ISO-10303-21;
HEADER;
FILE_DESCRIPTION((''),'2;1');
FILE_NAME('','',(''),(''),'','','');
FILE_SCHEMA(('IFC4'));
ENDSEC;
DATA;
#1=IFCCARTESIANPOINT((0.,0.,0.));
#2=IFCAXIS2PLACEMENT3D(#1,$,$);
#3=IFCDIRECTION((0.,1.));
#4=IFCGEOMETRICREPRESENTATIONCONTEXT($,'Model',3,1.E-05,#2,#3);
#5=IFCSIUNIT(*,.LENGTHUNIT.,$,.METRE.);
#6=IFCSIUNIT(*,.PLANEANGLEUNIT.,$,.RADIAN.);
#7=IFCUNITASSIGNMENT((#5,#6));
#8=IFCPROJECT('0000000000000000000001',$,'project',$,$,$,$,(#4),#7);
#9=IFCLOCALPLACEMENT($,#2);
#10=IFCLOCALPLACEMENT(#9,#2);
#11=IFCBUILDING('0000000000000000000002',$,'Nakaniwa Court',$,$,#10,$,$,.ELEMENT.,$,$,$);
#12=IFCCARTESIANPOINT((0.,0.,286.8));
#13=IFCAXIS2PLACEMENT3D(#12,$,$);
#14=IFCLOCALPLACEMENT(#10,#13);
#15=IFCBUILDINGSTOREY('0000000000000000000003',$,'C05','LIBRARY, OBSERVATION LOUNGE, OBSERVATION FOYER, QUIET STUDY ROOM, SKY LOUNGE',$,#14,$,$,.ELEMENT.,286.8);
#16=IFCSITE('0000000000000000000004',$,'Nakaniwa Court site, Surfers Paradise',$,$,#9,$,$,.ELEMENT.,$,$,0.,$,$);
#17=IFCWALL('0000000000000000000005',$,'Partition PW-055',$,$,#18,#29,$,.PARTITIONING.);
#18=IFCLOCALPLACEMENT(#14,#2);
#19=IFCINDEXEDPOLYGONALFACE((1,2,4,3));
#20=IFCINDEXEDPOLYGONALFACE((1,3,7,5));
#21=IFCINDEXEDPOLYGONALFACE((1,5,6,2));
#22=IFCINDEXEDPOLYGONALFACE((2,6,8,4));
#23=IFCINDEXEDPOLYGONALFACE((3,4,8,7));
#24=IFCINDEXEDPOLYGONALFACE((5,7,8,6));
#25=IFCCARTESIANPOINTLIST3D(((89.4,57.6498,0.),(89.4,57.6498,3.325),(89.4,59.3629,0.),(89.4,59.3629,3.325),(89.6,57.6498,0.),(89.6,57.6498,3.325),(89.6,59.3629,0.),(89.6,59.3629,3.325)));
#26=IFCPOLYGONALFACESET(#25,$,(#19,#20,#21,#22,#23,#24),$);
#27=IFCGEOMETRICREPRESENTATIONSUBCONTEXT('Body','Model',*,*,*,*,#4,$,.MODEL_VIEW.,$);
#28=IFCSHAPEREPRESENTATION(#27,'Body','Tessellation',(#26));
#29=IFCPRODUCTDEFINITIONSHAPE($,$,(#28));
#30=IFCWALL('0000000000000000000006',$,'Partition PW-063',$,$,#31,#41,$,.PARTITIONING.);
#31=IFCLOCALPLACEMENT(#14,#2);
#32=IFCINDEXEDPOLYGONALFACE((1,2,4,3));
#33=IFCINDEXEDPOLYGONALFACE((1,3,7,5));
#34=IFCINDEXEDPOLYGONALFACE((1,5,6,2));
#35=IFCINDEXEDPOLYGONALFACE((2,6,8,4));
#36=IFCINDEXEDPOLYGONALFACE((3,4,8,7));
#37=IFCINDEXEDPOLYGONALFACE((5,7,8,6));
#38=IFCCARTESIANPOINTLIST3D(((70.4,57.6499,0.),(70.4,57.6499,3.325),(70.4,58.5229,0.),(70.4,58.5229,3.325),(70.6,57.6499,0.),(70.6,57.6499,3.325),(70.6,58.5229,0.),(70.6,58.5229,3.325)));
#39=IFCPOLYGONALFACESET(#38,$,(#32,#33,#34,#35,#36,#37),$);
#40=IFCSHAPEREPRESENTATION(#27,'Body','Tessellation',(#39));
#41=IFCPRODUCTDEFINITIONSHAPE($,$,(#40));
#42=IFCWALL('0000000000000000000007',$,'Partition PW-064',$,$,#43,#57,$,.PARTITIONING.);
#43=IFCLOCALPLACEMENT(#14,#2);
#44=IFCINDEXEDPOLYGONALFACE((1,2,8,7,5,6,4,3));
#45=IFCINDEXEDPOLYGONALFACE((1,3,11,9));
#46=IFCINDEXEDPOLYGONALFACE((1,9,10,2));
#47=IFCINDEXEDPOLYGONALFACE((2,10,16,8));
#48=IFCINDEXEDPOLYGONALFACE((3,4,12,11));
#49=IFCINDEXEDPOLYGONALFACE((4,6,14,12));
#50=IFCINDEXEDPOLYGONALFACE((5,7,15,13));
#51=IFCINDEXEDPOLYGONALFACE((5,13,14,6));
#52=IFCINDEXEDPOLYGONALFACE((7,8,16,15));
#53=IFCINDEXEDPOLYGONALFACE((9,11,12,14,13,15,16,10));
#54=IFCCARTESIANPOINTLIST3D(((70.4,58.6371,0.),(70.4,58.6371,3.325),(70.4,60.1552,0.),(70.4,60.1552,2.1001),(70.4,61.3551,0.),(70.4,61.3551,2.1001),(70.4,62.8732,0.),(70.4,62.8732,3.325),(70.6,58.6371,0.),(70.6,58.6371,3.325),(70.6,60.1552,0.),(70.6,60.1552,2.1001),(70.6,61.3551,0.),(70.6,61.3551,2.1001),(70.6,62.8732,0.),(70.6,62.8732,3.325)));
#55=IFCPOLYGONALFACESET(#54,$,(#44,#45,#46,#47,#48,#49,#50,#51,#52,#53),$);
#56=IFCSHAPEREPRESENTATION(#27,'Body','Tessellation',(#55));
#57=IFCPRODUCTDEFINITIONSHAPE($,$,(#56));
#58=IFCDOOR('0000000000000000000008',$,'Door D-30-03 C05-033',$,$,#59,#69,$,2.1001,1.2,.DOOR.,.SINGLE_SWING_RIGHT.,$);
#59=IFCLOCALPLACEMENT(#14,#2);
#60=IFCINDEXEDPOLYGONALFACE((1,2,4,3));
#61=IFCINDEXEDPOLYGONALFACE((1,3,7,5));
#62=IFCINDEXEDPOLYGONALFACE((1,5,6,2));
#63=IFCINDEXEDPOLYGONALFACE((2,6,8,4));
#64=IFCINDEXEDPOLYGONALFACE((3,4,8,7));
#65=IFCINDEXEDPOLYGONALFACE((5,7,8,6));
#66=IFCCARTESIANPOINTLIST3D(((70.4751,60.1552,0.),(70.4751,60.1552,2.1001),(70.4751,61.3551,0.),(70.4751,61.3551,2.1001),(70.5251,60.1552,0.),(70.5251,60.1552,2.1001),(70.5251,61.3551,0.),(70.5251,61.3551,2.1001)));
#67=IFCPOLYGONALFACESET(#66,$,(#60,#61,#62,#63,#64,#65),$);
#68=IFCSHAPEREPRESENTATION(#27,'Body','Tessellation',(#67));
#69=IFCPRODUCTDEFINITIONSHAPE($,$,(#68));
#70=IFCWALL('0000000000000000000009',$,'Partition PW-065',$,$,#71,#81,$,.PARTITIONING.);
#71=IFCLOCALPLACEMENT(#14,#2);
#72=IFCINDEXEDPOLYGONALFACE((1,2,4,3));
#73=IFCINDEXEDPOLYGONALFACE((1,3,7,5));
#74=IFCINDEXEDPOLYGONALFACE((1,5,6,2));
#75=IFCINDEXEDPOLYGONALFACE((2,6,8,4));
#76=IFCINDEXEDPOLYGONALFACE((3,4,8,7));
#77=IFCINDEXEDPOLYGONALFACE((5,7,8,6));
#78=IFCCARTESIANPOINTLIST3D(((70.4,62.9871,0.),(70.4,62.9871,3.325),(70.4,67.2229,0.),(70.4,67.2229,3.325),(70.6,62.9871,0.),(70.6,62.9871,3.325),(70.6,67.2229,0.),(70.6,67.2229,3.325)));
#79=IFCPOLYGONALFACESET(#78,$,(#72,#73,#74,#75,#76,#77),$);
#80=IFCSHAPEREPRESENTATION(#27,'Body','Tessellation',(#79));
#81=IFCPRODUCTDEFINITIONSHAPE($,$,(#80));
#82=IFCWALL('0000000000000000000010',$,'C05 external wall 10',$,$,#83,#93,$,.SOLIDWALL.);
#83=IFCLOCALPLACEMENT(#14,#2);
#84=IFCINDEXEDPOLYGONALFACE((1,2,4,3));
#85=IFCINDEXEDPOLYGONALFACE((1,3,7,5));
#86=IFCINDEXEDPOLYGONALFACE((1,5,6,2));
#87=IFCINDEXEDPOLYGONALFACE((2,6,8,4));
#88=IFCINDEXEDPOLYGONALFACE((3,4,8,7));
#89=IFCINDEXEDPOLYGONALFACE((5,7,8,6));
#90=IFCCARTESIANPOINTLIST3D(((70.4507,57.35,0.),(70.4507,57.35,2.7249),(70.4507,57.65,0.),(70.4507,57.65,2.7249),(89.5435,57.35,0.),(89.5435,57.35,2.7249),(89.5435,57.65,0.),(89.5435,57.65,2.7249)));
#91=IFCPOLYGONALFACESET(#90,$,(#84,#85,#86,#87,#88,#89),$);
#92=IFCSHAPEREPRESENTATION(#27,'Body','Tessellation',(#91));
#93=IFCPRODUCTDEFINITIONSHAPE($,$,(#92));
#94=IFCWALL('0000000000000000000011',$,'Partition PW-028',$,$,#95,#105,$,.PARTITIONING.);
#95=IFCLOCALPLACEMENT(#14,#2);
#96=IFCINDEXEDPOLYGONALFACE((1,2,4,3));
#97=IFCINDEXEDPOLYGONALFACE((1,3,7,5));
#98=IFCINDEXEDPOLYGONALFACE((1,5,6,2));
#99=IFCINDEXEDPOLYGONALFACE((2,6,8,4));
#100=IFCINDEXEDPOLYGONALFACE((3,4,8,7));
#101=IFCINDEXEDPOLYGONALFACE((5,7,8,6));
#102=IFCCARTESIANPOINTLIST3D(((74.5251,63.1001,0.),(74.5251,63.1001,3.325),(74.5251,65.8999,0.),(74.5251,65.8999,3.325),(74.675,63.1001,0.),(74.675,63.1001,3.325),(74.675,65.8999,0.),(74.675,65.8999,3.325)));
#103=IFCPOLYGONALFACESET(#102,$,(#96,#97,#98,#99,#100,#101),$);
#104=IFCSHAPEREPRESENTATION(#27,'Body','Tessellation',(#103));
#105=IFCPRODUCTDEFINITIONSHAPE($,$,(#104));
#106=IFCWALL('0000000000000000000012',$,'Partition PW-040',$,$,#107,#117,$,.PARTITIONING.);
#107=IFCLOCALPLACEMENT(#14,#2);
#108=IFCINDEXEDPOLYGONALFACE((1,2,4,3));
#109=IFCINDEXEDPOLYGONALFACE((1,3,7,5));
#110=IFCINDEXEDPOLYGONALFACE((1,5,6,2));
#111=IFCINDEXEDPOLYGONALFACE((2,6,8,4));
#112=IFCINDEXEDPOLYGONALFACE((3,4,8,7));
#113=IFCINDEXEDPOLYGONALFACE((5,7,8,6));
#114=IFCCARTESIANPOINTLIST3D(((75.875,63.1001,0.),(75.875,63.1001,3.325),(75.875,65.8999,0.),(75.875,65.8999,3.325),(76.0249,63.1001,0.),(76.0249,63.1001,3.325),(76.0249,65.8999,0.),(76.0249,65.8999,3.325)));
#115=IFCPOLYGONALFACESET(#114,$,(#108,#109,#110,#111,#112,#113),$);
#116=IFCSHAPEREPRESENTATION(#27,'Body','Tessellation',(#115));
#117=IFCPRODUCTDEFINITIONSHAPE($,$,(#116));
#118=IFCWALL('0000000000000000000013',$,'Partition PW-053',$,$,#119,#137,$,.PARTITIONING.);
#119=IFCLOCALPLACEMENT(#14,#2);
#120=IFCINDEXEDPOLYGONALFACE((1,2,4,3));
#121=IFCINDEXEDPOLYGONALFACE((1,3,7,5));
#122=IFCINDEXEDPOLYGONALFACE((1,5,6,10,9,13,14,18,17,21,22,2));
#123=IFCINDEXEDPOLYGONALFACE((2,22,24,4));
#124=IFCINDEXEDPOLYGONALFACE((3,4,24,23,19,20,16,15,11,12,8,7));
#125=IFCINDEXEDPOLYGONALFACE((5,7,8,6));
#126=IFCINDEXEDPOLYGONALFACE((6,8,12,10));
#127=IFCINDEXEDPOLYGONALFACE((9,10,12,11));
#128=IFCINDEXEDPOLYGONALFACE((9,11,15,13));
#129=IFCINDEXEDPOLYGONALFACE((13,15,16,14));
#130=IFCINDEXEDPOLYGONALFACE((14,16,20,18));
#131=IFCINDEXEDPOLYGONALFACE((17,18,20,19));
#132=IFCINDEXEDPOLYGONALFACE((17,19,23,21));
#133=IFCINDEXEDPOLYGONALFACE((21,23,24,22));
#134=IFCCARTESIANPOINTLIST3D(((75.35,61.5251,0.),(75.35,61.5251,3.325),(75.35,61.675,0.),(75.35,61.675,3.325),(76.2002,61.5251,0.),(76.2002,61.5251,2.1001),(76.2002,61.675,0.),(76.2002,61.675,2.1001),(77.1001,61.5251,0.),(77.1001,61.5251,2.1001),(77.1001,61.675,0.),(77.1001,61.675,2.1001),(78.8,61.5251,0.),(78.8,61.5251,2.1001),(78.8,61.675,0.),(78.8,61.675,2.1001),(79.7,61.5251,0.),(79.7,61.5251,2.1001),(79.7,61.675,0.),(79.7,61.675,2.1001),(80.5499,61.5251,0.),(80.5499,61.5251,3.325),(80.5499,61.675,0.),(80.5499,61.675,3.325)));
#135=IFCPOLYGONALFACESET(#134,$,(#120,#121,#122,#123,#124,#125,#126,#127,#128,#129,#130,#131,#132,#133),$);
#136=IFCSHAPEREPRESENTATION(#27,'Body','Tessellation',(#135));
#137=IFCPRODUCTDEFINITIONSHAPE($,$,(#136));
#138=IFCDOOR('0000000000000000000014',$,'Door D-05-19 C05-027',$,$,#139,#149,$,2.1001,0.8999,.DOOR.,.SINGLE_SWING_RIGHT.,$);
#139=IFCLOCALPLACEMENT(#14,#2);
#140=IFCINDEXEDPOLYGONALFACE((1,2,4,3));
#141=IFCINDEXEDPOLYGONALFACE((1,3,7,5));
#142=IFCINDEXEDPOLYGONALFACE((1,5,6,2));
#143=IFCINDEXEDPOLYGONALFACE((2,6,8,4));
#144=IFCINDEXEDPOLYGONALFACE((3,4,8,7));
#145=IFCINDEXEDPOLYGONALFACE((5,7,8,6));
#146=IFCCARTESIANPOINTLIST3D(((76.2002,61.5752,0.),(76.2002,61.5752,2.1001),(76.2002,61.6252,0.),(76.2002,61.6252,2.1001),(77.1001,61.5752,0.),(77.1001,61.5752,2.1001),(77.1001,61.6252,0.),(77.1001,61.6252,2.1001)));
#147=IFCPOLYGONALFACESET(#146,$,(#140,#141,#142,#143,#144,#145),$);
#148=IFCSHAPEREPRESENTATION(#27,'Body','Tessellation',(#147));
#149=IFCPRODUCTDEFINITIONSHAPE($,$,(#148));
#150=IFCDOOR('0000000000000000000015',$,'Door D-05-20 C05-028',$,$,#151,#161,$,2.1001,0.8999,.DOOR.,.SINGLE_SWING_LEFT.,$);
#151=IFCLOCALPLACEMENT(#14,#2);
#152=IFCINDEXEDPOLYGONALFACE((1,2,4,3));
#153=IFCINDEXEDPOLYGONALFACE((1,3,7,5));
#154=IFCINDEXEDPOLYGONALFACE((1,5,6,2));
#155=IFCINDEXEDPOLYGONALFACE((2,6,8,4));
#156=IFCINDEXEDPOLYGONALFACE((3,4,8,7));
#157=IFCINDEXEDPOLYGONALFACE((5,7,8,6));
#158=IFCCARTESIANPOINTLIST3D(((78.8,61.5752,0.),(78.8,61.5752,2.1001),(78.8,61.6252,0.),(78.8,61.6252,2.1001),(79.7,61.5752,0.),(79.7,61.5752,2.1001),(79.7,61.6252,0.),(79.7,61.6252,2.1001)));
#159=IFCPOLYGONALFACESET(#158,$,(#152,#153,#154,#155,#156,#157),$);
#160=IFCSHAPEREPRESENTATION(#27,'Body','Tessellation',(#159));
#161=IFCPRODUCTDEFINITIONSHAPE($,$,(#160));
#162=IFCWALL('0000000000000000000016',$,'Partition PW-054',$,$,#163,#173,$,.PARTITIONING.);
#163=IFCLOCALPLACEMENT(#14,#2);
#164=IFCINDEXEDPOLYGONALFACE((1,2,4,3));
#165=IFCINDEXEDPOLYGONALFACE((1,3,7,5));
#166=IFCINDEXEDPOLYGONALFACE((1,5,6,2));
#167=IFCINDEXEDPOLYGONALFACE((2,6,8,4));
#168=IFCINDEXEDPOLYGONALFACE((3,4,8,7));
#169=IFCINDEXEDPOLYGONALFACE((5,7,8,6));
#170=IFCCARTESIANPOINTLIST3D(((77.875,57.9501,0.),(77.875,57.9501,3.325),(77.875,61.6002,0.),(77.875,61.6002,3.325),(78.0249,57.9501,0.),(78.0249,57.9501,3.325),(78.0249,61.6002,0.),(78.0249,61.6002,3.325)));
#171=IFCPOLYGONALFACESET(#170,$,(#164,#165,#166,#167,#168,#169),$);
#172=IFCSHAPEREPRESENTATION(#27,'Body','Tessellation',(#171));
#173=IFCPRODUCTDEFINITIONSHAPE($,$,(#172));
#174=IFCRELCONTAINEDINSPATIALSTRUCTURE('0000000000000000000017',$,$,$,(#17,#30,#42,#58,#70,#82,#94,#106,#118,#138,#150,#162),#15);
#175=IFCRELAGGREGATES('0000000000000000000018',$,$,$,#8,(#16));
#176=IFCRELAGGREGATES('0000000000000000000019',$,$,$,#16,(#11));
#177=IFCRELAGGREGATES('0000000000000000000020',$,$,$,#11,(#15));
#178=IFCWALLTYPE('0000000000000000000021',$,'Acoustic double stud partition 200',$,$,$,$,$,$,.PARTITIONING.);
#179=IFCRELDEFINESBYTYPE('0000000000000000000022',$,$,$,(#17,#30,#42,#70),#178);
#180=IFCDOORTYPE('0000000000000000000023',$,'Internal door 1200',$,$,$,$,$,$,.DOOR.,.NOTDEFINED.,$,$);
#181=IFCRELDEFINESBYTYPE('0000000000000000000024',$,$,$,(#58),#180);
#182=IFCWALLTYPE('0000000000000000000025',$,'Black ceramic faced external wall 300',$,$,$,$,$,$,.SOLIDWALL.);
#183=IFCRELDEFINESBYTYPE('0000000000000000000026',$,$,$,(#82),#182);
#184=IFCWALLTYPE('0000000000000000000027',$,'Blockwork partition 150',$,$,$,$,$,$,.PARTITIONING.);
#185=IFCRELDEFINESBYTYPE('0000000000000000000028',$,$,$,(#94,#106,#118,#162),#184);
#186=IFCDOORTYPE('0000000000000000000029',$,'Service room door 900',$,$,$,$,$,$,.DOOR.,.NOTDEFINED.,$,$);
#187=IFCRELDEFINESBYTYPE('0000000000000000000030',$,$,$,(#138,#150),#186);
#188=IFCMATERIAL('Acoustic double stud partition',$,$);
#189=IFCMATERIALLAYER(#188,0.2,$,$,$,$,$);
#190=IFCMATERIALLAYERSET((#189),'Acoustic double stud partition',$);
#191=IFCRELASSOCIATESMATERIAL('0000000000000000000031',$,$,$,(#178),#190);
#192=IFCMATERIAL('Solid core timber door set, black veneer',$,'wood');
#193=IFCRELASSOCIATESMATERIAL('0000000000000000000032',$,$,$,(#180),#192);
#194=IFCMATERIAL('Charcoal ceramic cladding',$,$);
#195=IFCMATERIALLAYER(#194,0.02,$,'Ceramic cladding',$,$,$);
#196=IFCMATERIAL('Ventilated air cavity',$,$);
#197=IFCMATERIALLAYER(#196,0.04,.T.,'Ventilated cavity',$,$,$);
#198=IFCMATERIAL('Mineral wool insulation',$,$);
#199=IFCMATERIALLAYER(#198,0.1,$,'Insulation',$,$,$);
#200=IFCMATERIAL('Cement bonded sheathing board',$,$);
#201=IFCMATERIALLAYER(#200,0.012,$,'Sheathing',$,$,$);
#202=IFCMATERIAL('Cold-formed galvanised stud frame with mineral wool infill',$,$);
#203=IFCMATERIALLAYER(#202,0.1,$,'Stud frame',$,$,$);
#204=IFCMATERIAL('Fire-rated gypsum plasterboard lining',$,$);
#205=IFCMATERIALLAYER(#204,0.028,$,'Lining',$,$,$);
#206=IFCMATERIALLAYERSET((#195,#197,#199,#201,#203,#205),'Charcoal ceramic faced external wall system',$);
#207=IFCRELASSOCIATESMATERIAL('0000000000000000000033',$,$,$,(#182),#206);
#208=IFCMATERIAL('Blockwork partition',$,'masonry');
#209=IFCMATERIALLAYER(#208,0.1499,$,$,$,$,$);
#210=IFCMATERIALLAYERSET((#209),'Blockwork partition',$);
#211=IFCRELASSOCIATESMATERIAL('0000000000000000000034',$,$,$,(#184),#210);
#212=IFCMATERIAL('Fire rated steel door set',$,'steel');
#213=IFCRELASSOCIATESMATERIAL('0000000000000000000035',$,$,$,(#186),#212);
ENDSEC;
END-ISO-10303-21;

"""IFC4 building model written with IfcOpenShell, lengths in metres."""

from ifc_helpers import new_model, si_unit, direction, frame, frame_2d, origin, place, context, subcontext, project, spatial, rectangle, extrude, material, layer, layer_set, type_object, element, fill, save


model = new_model("IFC4")

# Units and contexts
model_context = context("Model", 3, precision=1e-05, world=origin(), true_north=direction((0.0, 1.0)))
body_context = subcontext(model_context, "Body", "Model", "MODEL_VIEW")
ifc_project = project(units=[si_unit("LENGTHUNIT", "METRE"), si_unit("PLANEANGLEUNIT", "RADIAN")], contexts=[model_context])

# Site, building, storey
site_placement = place(None, origin())
site = spatial("IfcSite", under=ifc_project, at=site_placement, Name="Nakaniwa Court site, Surfers Paradise", CompositionType="ELEMENT", RefElevation=0.0)
building_placement = place(site_placement, origin())
building = spatial("IfcBuilding", under=site, at=building_placement, Name="Nakaniwa Court", CompositionType="ELEMENT")
storey_placement = place(building_placement, frame((0.0, 0.0, 286.8)))
storey = spatial("IfcBuildingStorey", under=building, at=storey_placement, Name="C05", Description="LIBRARY, OBSERVATION LOUNGE, OBSERVATION FOYER, QUIET STUDY ROOM, SKY LOUNGE", CompositionType="ELEMENT", Elevation=286.8)

# Walls
ifc_material_1 = material(Name="Acoustic double stud partition")
ifc_layer_1 = layer(ifc_material_1, 0.2)
ifc_layer_set_1 = layer_set([ifc_layer_1], Name="Acoustic double stud partition")
wall_type_1 = type_object("IfcWallType", Name="Acoustic double stud partition 200", PredefinedType="PARTITIONING", material=ifc_layer_set_1)
wall_1_placement = place(storey_placement, frame((89.5, 57.6499, 0.0), z_axis=(0.0, 0.0, 1.0), x_axis=(0.0, 1.0, 0.0)))
element("IfcWall", 1, at=wall_1_placement, inside=storey, type_object=wall_type_1, Name="Partition PW-055", PredefinedType="PARTITIONING", context=body_context, shape_type="SweptSolid", body=[
    extrude(rectangle(XDim=1.7131, YDim=0.2, at=frame_2d((0.8564, 0.0))), origin(), (0.0, 0.0, 1.0), 3.325),
])
wall_2_placement = place(storey_placement, frame((70.5, 57.6499, 0.0), z_axis=(0.0, 0.0, 1.0), x_axis=(0.0, 1.0, 0.0)))
element("IfcWall", 2, at=wall_2_placement, inside=storey, type_object=wall_type_1, Name="Partition PW-063", PredefinedType="PARTITIONING", context=body_context, shape_type="SweptSolid", body=[
    extrude(rectangle(XDim=0.873, YDim=0.2, at=frame_2d((0.4365, 0.0))), origin(), (0.0, 0.0, 1.0), 3.325),
])

# Wall, opening, door
wall_3_placement = place(storey_placement, frame((70.5, 58.637, 0.0), z_axis=(0.0, 0.0, 1.0), x_axis=(0.0, 1.0, 0.0)))
wall_3 = element("IfcWall", 3, at=wall_3_placement, inside=storey, type_object=wall_type_1, Name="Partition PW-064", PredefinedType="PARTITIONING", context=body_context, shape_type="SweptSolid", body=[
    extrude(rectangle(XDim=4.2361, YDim=0.2, at=frame_2d((2.1182, 0.0))), origin(), (0.0, 0.0, 1.0), 3.325),
])
opening_1_placement = place(wall_3_placement, frame((1.5181, 0.0, 0.0)))
opening_1 = element("IfcOpeningElement", 4, at=opening_1_placement, cuts=wall_3, PredefinedType="OPENING", context=body_context, shape_type="SweptSolid", body=[
    extrude(rectangle(XDim=1.2, YDim=2.1001, at=frame_2d((0.6001, 1.05))), frame((0.0, 0.1099, 0.0), z_axis=(0.0, -1.0, 0.0), x_axis=(1.0, 0.0, 0.0)), (0.0, 0.0, 1.0), 0.22),
])
ifc_material_2 = material(Name="Solid core timber door set, black veneer", Category="wood")
door_type_1 = type_object("IfcDoorType", Name="Internal door 1200", OperationType="NOTDEFINED", PredefinedType="DOOR", material=ifc_material_2)
door_1_placement = place(opening_1_placement, origin())
door_1 = element("IfcDoor", 5, at=door_1_placement, inside=storey, type_object=door_type_1, Name="Door D-30-03 C05-033", OperationType="SINGLE_SWING_RIGHT", OverallHeight=2.1001, OverallWidth=1.2, PredefinedType="DOOR", context=body_context, shape_type="SweptSolid", body=[
    extrude(rectangle(XDim=1.2, YDim=2.1001, at=frame_2d((0.6001, 1.05))), frame((0.0, 0.0249, 0.0), z_axis=(0.0, -1.0, 0.0), x_axis=(1.0, 0.0, 0.0)), (0.0, 0.0, 1.0), 0.05),
])
fill(opening_1, door_1)

# Walls
wall_4_placement = place(storey_placement, frame((70.5, 62.9871, 0.0), z_axis=(0.0, 0.0, 1.0), x_axis=(0.0, 1.0, 0.0)))
element("IfcWall", 6, at=wall_4_placement, inside=storey, type_object=wall_type_1, Name="Partition PW-065", PredefinedType="PARTITIONING", context=body_context, shape_type="SweptSolid", body=[
    extrude(rectangle(XDim=4.2358, YDim=0.2, at=frame_2d((2.1179, 0.0))), origin(), (0.0, 0.0, 1.0), 3.325),
])
ifc_material_3 = material(Name="Charcoal ceramic cladding")
ifc_layer_2 = layer(ifc_material_3, 0.02, Name="Ceramic cladding")
ifc_material_4 = material(Name="Ventilated air cavity")
ifc_layer_3 = layer(ifc_material_4, 0.04, ventilated=True, Name="Ventilated cavity")
ifc_material_5 = material(Name="Mineral wool insulation")
ifc_layer_4 = layer(ifc_material_5, 0.1, Name="Insulation")
ifc_material_6 = material(Name="Cement bonded sheathing board")
ifc_layer_5 = layer(ifc_material_6, 0.012, Name="Sheathing")
ifc_material_7 = material(Name="Cold-formed galvanised stud frame with mineral wool infill")
ifc_layer_6 = layer(ifc_material_7, 0.1, Name="Stud frame")
ifc_material_8 = material(Name="Fire-rated gypsum plasterboard lining")
ifc_layer_7 = layer(ifc_material_8, 0.028, Name="Lining")
ifc_layer_set_2 = layer_set([ifc_layer_2, ifc_layer_3, ifc_layer_4, ifc_layer_5, ifc_layer_6, ifc_layer_7], Name="Charcoal ceramic faced external wall system")
wall_type_2 = type_object("IfcWallType", Name="Black ceramic faced external wall 300", PredefinedType="SOLIDWALL", material=ifc_layer_set_2)
wall_5_placement = place(storey_placement, frame((70.4507, 57.5, 0.0), z_axis=(0.0, 0.0, 1.0), x_axis=(1.0, 0.0, 0.0)))
element("IfcWall", 7, at=wall_5_placement, inside=storey, type_object=wall_type_2, Name="C05 external wall 10", PredefinedType="SOLIDWALL", context=body_context, shape_type="SweptSolid", body=[
    extrude(rectangle(XDim=19.0928, YDim=0.3, at=frame_2d((9.5464, 0.0))), origin(), (0.0, 0.0, 1.0), 2.7249),
])
ifc_material_9 = material(Name="Blockwork partition", Category="masonry")
ifc_layer_8 = layer(ifc_material_9, 0.1499)
ifc_layer_set_3 = layer_set([ifc_layer_8], Name="Blockwork partition")
wall_type_3 = type_object("IfcWallType", Name="Blockwork partition 150", PredefinedType="PARTITIONING", material=ifc_layer_set_3)
for number, where, z_axis, x_axis, name in (
    (8, (74.6001, 63.1001, 0.0), (0.0, 0.0, 1.0), (0.0, 1.0, 0.0), "Partition PW-028"),
    (9, (75.95, 63.1001, 0.0), (0.0, 0.0, 1.0), (0.0, 1.0, 0.0), "Partition PW-040"),
):
    element("IfcWall", number, at=place(storey_placement, frame(where, z_axis=z_axis, x_axis=x_axis)), inside=storey, type_object=wall_type_3, Name=name, PredefinedType="PARTITIONING", context=body_context, shape_type="SweptSolid", body=[
        extrude(rectangle(XDim=2.7998, YDim=0.1499, at=frame_2d((1.3999, 0.0))), origin(), (0.0, 0.0, 1.0), 3.325),
    ])

# Wall, openings, doors
wall_6_placement = place(storey_placement, frame((80.55, 61.6001, 0.0), z_axis=(0.0, 0.0, 1.0), x_axis=(-1.0, 0.0, 0.0)))
wall_6 = element("IfcWall", 10, at=wall_6_placement, inside=storey, type_object=wall_type_3, Name="Partition PW-053", PredefinedType="PARTITIONING", context=body_context, shape_type="SweptSolid", body=[
    extrude(rectangle(XDim=5.2, YDim=0.1499, at=frame_2d((2.6001, 0.0))), origin(), (0.0, 0.0, 1.0), 3.325),
])
opening_2_placement = place(wall_6_placement, frame((3.45, 0.0, 0.0)))
opening_2 = element("IfcOpeningElement", 11, at=opening_2_placement, cuts=wall_6, PredefinedType="OPENING", context=body_context, shape_type="SweptSolid", body=[
    extrude(rectangle(XDim=0.8999, YDim=2.1001, at=frame_2d((0.45, 1.05))), frame((0.0, 0.085, 0.0), z_axis=(0.0, -1.0, 0.0), x_axis=(1.0, 0.0, 0.0)), (0.0, 0.0, 1.0), 0.1699),
])
opening_3_placement = place(wall_6_placement, frame((0.8501, 0.0, 0.0)))
opening_3 = element("IfcOpeningElement", 12, at=opening_3_placement, cuts=wall_6, PredefinedType="OPENING", context=body_context, shape_type="SweptSolid", body=[
    extrude(rectangle(XDim=0.8999, YDim=2.1001, at=frame_2d((0.45, 1.05))), frame((0.0, 0.085, 0.0), z_axis=(0.0, -1.0, 0.0), x_axis=(1.0, 0.0, 0.0)), (0.0, 0.0, 1.0), 0.1699),
])
ifc_material_10 = material(Name="Fire rated steel door set", Category="steel")
door_type_2 = type_object("IfcDoorType", Name="Service room door 900", OperationType="NOTDEFINED", PredefinedType="DOOR", material=ifc_material_10)
door_2_placement = place(opening_2_placement, origin())
door_2 = element("IfcDoor", 13, at=door_2_placement, inside=storey, type_object=door_type_2, Name="Door D-05-19 C05-027", OperationType="SINGLE_SWING_RIGHT", OverallHeight=2.1001, OverallWidth=0.8999, PredefinedType="DOOR", context=body_context, shape_type="SweptSolid", body=[
    extrude(rectangle(XDim=0.8999, YDim=2.1001, at=frame_2d((0.45, 1.05))), frame((0.0, 0.0249, 0.0), z_axis=(0.0, -1.0, 0.0), x_axis=(1.0, 0.0, 0.0)), (0.0, 0.0, 1.0), 0.05),
])
fill(opening_2, door_2)
door_3_placement = place(opening_3_placement, origin())
door_3 = element("IfcDoor", 14, at=door_3_placement, inside=storey, type_object=door_type_2, Name="Door D-05-20 C05-028", OperationType="SINGLE_SWING_LEFT", OverallHeight=2.1001, OverallWidth=0.8999, PredefinedType="DOOR", context=body_context, shape_type="SweptSolid", body=[
    extrude(rectangle(XDim=0.8999, YDim=2.1001, at=frame_2d((0.45, 1.05))), frame((0.0, 0.0249, 0.0), z_axis=(0.0, -1.0, 0.0), x_axis=(1.0, 0.0, 0.0)), (0.0, 0.0, 1.0), 0.05),
])
fill(opening_3, door_3)

# Wall
wall_7_placement = place(storey_placement, frame((77.95, 57.95, 0.0), z_axis=(0.0, 0.0, 1.0), x_axis=(0.0, 1.0, 0.0)))
element("IfcWall", 15, at=wall_7_placement, inside=storey, type_object=wall_type_3, Name="Partition PW-054", PredefinedType="PARTITIONING", context=body_context, shape_type="SweptSolid", body=[
    extrude(rectangle(XDim=3.6501, YDim=0.1499, at=frame_2d((1.8252, 0.0))), origin(), (0.0, 0.0, 1.0), 3.325),
])

save(model, "model.ifc")
